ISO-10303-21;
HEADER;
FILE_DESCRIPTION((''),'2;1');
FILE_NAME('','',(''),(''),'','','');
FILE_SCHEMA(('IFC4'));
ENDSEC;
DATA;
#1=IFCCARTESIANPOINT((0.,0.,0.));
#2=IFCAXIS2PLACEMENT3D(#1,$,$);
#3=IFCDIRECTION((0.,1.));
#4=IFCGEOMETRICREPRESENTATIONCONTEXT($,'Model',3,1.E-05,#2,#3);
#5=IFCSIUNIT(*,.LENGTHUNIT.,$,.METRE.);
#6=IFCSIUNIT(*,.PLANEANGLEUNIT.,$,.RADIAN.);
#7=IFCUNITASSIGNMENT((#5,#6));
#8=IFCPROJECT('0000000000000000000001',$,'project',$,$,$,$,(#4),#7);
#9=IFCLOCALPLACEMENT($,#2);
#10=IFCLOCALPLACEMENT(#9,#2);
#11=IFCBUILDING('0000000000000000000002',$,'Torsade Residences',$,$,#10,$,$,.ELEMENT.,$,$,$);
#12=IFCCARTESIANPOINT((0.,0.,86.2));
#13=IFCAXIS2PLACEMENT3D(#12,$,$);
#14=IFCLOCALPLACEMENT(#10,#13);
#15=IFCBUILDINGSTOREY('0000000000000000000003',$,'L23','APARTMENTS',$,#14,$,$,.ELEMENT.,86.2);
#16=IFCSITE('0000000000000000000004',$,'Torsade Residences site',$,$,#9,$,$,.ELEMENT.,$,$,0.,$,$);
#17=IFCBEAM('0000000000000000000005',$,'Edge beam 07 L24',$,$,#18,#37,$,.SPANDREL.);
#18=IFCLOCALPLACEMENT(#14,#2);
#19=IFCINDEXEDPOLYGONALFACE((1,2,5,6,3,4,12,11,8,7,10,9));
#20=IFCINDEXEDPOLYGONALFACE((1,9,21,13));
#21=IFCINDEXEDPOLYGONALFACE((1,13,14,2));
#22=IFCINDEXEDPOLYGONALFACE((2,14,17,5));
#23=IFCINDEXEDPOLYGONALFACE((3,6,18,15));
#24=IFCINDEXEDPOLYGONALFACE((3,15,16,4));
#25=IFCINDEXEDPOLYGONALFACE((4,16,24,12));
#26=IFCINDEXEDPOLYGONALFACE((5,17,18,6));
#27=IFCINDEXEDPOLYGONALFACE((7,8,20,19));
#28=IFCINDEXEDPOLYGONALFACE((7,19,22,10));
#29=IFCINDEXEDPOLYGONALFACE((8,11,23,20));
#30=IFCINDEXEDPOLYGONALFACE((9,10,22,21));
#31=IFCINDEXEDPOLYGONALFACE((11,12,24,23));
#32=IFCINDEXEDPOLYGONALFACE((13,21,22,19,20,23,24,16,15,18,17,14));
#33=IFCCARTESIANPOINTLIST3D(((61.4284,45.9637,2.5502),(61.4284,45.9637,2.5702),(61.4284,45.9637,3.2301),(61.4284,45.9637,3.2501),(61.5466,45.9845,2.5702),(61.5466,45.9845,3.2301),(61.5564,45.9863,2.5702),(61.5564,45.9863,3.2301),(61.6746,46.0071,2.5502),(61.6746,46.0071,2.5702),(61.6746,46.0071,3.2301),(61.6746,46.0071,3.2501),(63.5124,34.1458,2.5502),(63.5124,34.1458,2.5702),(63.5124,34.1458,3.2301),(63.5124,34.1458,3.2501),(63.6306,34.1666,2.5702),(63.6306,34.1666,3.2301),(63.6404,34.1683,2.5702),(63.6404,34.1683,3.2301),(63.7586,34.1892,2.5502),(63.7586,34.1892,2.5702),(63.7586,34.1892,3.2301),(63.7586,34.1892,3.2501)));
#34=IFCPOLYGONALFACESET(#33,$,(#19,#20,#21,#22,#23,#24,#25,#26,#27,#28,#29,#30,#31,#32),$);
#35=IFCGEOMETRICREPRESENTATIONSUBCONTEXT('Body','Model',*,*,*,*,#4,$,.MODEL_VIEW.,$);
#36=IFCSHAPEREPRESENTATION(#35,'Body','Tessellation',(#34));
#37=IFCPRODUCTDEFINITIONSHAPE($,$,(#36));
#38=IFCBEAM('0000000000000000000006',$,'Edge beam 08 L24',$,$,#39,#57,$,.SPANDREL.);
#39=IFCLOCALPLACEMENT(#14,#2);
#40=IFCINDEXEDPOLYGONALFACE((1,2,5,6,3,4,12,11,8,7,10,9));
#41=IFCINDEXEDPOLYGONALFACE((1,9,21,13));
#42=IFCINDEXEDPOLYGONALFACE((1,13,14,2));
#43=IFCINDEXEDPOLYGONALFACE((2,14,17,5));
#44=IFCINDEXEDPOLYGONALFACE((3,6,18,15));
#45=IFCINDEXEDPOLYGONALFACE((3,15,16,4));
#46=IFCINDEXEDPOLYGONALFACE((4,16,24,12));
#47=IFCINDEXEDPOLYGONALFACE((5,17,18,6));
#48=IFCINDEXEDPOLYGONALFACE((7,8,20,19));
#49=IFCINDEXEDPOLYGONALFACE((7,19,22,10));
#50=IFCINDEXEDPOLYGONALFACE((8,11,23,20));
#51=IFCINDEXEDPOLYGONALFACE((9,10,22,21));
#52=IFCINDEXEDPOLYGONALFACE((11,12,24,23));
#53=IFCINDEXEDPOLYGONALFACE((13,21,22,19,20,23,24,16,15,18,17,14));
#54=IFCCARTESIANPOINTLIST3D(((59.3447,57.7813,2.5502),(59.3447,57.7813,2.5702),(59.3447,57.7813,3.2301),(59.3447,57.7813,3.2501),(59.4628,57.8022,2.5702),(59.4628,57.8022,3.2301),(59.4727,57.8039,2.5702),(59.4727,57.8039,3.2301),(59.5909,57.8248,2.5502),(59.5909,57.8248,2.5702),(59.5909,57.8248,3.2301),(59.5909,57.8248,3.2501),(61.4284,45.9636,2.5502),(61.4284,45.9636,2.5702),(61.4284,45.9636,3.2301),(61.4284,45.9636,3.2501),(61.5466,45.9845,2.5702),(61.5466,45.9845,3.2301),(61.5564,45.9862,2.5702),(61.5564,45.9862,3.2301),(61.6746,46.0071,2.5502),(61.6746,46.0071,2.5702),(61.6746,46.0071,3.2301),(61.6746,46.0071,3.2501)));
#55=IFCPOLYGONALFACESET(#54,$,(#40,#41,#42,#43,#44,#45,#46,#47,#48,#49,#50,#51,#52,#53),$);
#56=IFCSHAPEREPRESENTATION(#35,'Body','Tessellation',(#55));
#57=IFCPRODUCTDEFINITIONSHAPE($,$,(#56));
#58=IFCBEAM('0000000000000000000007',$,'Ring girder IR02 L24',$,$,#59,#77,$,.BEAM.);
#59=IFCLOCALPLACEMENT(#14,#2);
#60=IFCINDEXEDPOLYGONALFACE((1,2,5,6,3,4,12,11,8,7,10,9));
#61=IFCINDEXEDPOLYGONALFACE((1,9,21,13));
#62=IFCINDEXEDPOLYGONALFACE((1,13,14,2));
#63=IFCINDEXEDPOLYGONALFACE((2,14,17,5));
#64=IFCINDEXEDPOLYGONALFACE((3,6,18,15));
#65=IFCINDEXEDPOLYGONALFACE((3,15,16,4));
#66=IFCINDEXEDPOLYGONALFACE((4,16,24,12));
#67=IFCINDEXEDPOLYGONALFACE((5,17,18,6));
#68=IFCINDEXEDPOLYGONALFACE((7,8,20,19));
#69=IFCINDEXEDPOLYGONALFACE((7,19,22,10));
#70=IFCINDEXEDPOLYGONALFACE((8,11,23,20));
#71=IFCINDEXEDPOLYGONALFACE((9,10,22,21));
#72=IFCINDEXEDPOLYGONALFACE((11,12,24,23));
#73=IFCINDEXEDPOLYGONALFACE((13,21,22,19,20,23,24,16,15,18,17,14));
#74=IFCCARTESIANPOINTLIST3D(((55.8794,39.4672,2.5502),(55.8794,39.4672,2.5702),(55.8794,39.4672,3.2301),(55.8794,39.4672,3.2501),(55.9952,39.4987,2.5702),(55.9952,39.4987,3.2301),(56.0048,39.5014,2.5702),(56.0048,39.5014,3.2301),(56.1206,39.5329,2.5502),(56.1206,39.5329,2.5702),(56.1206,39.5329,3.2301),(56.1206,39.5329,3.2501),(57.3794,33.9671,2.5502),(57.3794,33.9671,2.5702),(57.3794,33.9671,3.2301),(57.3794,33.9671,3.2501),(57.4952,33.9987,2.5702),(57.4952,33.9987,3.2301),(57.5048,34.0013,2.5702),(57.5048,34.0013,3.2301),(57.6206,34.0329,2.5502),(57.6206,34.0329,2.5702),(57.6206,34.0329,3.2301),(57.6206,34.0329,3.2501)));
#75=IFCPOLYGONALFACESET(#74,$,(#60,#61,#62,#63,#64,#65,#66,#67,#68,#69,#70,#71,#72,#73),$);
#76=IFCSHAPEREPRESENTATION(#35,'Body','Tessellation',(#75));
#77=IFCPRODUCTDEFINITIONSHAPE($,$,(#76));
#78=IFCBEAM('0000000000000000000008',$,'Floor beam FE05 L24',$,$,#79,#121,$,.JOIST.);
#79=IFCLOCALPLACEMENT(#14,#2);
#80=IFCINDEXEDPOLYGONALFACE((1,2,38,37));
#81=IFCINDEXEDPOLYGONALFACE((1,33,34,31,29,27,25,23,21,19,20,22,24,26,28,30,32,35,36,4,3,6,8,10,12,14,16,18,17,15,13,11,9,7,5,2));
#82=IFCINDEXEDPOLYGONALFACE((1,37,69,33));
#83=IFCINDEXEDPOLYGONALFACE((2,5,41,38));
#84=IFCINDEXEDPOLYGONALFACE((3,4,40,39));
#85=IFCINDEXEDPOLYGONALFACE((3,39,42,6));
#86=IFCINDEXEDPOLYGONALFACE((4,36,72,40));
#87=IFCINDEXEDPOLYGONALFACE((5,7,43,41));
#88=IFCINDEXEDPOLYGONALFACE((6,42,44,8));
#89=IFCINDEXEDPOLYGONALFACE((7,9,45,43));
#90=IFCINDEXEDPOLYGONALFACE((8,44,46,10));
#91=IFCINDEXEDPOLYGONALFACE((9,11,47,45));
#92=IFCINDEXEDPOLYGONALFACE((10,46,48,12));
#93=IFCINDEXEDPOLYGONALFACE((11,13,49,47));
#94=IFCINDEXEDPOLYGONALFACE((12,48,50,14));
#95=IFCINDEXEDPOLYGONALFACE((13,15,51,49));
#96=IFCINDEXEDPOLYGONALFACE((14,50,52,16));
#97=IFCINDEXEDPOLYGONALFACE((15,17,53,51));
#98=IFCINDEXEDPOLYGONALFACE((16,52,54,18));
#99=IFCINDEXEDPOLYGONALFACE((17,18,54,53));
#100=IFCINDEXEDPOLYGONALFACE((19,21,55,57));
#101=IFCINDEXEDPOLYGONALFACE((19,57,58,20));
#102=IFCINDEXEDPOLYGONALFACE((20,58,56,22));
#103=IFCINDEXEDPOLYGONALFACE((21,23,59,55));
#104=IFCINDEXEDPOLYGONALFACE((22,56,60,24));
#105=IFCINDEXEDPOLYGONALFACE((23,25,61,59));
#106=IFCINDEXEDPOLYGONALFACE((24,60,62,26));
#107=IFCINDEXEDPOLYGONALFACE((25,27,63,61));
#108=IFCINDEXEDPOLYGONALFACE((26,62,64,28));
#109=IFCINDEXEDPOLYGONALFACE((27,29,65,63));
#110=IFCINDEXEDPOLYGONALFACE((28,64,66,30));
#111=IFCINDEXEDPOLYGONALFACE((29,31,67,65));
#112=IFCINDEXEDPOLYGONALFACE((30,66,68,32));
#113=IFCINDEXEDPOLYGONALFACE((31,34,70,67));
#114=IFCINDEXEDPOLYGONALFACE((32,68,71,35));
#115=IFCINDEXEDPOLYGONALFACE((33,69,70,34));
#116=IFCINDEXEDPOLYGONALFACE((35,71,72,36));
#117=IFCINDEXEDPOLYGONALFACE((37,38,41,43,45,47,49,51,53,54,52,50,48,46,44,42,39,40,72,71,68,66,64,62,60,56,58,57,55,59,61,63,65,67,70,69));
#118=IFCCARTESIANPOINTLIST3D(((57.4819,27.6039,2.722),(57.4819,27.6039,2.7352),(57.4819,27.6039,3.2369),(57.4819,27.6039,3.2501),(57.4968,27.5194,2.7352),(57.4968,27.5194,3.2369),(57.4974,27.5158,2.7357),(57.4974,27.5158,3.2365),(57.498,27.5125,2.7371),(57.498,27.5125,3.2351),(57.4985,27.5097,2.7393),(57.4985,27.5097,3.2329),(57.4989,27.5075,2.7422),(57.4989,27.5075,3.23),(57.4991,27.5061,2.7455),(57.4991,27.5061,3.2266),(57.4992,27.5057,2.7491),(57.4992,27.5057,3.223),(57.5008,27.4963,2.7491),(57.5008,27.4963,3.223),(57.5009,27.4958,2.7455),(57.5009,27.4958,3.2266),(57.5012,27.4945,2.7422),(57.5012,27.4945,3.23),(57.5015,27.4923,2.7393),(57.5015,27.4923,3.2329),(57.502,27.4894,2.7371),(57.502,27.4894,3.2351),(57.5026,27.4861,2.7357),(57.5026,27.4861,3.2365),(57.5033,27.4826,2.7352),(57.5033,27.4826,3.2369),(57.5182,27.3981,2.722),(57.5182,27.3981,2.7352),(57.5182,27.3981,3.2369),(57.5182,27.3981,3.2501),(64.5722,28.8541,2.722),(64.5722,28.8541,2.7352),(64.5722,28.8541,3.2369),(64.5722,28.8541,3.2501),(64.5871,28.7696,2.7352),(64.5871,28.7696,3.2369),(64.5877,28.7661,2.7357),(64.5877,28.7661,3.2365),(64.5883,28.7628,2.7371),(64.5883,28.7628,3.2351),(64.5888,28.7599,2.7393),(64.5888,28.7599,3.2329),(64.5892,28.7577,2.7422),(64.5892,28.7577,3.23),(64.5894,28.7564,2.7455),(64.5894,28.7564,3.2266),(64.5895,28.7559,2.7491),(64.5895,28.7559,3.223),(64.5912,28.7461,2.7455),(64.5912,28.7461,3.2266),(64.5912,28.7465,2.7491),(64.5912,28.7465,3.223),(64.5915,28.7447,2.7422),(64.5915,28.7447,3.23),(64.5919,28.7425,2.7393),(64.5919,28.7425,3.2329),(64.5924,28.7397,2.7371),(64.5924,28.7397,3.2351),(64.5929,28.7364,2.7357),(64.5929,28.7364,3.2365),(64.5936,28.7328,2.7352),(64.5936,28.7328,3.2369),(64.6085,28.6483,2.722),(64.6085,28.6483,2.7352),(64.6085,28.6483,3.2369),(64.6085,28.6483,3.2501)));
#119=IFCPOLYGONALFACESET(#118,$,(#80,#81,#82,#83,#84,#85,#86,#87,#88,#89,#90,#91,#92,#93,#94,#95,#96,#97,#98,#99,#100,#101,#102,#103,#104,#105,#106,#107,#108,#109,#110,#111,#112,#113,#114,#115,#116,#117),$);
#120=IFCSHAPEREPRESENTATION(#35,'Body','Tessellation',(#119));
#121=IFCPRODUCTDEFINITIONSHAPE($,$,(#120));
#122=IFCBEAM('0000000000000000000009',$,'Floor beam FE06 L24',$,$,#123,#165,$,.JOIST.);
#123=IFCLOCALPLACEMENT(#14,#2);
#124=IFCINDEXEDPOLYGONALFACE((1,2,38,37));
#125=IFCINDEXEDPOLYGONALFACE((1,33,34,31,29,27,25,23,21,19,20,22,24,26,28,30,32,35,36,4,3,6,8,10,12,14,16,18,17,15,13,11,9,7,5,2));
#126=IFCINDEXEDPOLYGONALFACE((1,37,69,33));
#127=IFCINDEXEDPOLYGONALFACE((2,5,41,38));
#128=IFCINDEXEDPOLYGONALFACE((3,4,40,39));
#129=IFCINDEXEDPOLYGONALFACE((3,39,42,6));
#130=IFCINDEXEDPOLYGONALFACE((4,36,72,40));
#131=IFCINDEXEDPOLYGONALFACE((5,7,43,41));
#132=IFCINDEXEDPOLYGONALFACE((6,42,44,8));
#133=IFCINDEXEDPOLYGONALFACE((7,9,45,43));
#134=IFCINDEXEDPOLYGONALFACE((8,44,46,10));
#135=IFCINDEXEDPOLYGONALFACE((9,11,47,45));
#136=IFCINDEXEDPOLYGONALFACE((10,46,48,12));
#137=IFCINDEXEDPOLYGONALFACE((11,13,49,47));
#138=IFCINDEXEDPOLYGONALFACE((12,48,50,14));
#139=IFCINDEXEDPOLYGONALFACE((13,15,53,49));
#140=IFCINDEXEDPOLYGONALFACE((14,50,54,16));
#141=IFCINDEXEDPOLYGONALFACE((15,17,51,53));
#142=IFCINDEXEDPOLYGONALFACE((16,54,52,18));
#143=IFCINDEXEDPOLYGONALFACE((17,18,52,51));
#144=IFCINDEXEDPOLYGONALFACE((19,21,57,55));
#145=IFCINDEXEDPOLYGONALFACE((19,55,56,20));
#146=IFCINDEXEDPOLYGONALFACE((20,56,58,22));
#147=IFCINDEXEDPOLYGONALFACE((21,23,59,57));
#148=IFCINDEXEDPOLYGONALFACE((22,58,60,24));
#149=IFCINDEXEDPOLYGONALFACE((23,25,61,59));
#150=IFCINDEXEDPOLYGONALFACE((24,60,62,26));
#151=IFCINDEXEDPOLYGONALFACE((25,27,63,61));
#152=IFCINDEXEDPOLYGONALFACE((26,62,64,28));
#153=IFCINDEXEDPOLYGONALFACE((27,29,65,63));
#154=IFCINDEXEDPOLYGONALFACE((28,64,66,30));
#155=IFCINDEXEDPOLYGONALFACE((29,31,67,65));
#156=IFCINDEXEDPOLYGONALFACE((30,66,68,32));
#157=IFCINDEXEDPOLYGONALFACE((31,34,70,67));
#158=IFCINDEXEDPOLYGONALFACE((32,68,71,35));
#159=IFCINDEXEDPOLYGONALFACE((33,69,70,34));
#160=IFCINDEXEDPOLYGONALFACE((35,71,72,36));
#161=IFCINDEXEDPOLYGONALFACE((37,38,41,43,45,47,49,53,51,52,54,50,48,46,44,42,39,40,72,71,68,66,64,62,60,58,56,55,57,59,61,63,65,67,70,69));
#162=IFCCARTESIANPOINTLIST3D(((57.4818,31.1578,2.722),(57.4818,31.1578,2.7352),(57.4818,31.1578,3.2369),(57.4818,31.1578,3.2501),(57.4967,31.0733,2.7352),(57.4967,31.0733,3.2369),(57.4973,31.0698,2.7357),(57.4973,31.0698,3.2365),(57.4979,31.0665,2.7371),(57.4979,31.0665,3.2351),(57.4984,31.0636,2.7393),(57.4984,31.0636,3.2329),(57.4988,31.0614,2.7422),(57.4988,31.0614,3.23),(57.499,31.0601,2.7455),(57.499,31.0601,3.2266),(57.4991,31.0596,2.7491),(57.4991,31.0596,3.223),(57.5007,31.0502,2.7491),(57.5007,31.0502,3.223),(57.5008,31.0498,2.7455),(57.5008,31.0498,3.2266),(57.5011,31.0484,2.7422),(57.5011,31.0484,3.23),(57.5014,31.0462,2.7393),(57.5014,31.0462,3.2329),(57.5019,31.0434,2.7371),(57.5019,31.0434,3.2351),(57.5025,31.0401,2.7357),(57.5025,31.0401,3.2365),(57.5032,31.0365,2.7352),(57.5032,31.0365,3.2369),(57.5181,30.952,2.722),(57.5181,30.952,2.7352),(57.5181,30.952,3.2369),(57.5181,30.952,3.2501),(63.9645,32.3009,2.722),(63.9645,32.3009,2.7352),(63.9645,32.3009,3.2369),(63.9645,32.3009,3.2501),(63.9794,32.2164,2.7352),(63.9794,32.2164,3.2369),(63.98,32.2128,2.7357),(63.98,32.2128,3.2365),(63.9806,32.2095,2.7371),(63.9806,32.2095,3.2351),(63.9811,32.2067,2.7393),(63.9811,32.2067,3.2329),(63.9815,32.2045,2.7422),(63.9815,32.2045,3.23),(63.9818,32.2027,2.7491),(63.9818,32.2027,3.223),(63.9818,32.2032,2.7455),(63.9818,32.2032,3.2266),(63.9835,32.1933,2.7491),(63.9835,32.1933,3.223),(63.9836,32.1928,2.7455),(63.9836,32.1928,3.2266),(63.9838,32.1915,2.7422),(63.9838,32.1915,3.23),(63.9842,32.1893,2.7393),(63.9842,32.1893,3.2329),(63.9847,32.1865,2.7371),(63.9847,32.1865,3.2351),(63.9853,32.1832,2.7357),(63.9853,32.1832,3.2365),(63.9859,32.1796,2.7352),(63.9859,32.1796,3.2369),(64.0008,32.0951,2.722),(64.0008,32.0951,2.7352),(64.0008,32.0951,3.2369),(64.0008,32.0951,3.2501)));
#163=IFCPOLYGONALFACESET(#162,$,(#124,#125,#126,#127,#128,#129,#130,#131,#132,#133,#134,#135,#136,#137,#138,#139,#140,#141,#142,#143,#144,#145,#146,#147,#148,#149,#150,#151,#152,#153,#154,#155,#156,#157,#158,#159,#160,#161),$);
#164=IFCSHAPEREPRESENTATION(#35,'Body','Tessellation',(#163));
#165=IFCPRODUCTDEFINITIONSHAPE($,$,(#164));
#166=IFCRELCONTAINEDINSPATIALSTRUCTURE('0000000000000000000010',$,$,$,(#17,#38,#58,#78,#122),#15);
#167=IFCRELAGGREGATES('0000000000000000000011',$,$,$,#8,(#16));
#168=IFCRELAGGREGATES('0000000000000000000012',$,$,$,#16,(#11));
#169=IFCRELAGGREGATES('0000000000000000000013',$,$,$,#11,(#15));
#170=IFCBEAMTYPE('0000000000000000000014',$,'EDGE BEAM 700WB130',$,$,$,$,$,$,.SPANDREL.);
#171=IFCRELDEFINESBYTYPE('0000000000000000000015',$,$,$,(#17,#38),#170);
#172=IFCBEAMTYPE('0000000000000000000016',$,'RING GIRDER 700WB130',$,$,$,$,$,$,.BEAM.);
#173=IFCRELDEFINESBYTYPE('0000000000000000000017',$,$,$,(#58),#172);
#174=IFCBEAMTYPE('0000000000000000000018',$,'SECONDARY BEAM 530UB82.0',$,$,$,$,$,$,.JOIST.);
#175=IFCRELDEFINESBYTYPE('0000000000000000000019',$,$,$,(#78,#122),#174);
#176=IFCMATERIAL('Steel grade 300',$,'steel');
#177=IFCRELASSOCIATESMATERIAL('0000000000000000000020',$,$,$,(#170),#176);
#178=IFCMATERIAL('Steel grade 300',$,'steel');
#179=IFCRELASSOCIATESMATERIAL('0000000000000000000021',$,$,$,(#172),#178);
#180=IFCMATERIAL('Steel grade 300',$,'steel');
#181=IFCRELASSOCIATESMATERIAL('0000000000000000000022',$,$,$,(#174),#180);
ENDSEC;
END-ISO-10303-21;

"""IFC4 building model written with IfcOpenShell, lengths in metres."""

from ifc_helpers import new_model, si_unit, direction, frame, origin, origin_2d, place, context, subcontext, project, spatial, i_section, extrude, material, material_profile, profile_set, type_object, element, save


model = new_model("IFC4")

# Units and contexts
model_context = context("Model", 3, precision=1e-05, world=origin(), true_north=direction((0.0, 1.0)))
body_context = subcontext(model_context, "Body", "Model", "MODEL_VIEW")
ifc_project = project(units=[si_unit("LENGTHUNIT", "METRE"), si_unit("PLANEANGLEUNIT", "RADIAN")], contexts=[model_context])

# Site, building, storey
site_placement = place(None, origin())
site = spatial("IfcSite", under=ifc_project, at=site_placement, Name="Torsade Residences site", CompositionType="ELEMENT", RefElevation=0.0)
building_placement = place(site_placement, origin())
building = spatial("IfcBuilding", under=site, at=building_placement, Name="Torsade Residences", CompositionType="ELEMENT")
storey_placement = place(building_placement, frame((0.0, 0.0, 86.2)))
storey = spatial("IfcBuildingStorey", under=building, at=storey_placement, Name="L23", Description="APARTMENTS", CompositionType="ELEMENT", Elevation=86.2)

# Beams
ifc_material_1 = material(Name="Steel grade 300", Category="steel")
ifc_material_profile_1 = material_profile(ifc_material_1, i_section(OverallWidth=0.25, OverallDepth=0.7, WebThickness=0.01, FlangeThickness=0.02, at=origin_2d()), Name="700WB130")
ifc_profile_set_1 = profile_set([ifc_material_profile_1], Name="Steel grade 300")
beam_type_1 = type_object("IfcBeamType", Name="EDGE BEAM 700WB130", PredefinedType="SPANDREL", material=ifc_profile_set_1)
beam_1_placement = place(storey_placement, frame((63.6355, 34.1675, 2.9001), z_axis=(-0.173662, 0.984805, 0.0), x_axis=(-0.984805, -0.173662, 0.0)))
element("IfcBeam", 1, at=beam_1_placement, inside=storey, type_object=beam_type_1, Name="Edge beam 07 L24", PredefinedType="SPANDREL", context=body_context, shape_type="SweptSolid", body=[
    extrude(i_section(OverallWidth=0.25, OverallDepth=0.7, WebThickness=0.01, FlangeThickness=0.02, at=origin_2d()), origin(), (0.0, 0.0, 1.0), 12.0002),
])
beam_2_placement = place(storey_placement, frame((61.5515, 45.9854, 2.9001), z_axis=(-0.173646, 0.984808, 0.0), x_axis=(-0.984808, -0.173646, 0.0)))
element("IfcBeam", 2, at=beam_2_placement, inside=storey, type_object=beam_type_1, Name="Edge beam 08 L24", PredefinedType="SPANDREL", context=body_context, shape_type="SweptSolid", body=[
    extrude(i_section(OverallWidth=0.25, OverallDepth=0.7, WebThickness=0.01, FlangeThickness=0.02, at=origin_2d()), origin(), (0.0, 0.0, 1.0), 12.0),
])
ifc_material_2 = material(Name="Steel grade 300", Category="steel")
ifc_material_profile_2 = material_profile(ifc_material_2, i_section(OverallWidth=0.25, OverallDepth=0.7, WebThickness=0.01, FlangeThickness=0.02, at=origin_2d()), Name="700WB130")
ifc_profile_set_2 = profile_set([ifc_material_profile_2], Name="Steel grade 300")
beam_type_2 = type_object("IfcBeamType", Name="RING GIRDER 700WB130", PredefinedType="BEAM", material=ifc_profile_set_2)
beam_3_placement = place(storey_placement, frame((57.5, 34.0, 2.9001), z_axis=(-0.263117, 0.964764, 0.0), x_axis=(-0.964764, -0.263117, 0.0)))
element("IfcBeam", 3, at=beam_3_placement, inside=storey, type_object=beam_type_2, Name="Ring girder IR02 L24", PredefinedType="BEAM", context=body_context, shape_type="SweptSolid", body=[
    extrude(i_section(OverallWidth=0.25, OverallDepth=0.7, WebThickness=0.01, FlangeThickness=0.02, at=origin_2d()), origin(), (0.0, 0.0, 1.0), 5.7009),
])
ifc_material_3 = material(Name="Steel grade 300", Category="steel")
ifc_material_profile_3 = material_profile(ifc_material_3, i_section(OverallWidth=0.209, OverallDepth=0.5281, WebThickness=0.0095, FlangeThickness=0.0132, FilletRadius=0.0139, at=origin_2d()), Name="530UB82.0")
ifc_profile_set_3 = profile_set([ifc_material_profile_3], Name="Steel grade 300")
beam_type_3 = type_object("IfcBeamType", Name="SECONDARY BEAM 530UB82.0", PredefinedType="JOIST", material=ifc_profile_set_3)
beam_4_placement = place(storey_placement, frame((64.5903, 28.7512, 2.9861), z_axis=(-0.984807, -0.173652, 0.0), x_axis=(0.173652, -0.984807, 0.0)))
element("IfcBeam", 4, at=beam_4_placement, inside=storey, type_object=beam_type_3, Name="Floor beam FE05 L24", PredefinedType="JOIST", context=body_context, shape_type="SweptSolid", body=[
    extrude(i_section(OverallWidth=0.209, OverallDepth=0.5281, WebThickness=0.0095, FlangeThickness=0.0132, FilletRadius=0.0139, at=origin_2d()), origin(), (0.0, 0.0, 1.0), 7.1997),
])
beam_5_placement = place(storey_placement, frame((63.9827, 32.198, 2.9861), z_axis=(-0.984808, -0.173648, 0.0), x_axis=(0.173648, -0.984808, 0.0)))
element("IfcBeam", 5, at=beam_5_placement, inside=storey, type_object=beam_type_3, Name="Floor beam FE06 L24", PredefinedType="JOIST", context=body_context, shape_type="SweptSolid", body=[
    extrude(i_section(OverallWidth=0.209, OverallDepth=0.5281, WebThickness=0.0095, FlangeThickness=0.0132, FilletRadius=0.0139, at=origin_2d()), origin(), (0.0, 0.0, 1.0), 6.5828),
])

save(model, "model.ifc")
